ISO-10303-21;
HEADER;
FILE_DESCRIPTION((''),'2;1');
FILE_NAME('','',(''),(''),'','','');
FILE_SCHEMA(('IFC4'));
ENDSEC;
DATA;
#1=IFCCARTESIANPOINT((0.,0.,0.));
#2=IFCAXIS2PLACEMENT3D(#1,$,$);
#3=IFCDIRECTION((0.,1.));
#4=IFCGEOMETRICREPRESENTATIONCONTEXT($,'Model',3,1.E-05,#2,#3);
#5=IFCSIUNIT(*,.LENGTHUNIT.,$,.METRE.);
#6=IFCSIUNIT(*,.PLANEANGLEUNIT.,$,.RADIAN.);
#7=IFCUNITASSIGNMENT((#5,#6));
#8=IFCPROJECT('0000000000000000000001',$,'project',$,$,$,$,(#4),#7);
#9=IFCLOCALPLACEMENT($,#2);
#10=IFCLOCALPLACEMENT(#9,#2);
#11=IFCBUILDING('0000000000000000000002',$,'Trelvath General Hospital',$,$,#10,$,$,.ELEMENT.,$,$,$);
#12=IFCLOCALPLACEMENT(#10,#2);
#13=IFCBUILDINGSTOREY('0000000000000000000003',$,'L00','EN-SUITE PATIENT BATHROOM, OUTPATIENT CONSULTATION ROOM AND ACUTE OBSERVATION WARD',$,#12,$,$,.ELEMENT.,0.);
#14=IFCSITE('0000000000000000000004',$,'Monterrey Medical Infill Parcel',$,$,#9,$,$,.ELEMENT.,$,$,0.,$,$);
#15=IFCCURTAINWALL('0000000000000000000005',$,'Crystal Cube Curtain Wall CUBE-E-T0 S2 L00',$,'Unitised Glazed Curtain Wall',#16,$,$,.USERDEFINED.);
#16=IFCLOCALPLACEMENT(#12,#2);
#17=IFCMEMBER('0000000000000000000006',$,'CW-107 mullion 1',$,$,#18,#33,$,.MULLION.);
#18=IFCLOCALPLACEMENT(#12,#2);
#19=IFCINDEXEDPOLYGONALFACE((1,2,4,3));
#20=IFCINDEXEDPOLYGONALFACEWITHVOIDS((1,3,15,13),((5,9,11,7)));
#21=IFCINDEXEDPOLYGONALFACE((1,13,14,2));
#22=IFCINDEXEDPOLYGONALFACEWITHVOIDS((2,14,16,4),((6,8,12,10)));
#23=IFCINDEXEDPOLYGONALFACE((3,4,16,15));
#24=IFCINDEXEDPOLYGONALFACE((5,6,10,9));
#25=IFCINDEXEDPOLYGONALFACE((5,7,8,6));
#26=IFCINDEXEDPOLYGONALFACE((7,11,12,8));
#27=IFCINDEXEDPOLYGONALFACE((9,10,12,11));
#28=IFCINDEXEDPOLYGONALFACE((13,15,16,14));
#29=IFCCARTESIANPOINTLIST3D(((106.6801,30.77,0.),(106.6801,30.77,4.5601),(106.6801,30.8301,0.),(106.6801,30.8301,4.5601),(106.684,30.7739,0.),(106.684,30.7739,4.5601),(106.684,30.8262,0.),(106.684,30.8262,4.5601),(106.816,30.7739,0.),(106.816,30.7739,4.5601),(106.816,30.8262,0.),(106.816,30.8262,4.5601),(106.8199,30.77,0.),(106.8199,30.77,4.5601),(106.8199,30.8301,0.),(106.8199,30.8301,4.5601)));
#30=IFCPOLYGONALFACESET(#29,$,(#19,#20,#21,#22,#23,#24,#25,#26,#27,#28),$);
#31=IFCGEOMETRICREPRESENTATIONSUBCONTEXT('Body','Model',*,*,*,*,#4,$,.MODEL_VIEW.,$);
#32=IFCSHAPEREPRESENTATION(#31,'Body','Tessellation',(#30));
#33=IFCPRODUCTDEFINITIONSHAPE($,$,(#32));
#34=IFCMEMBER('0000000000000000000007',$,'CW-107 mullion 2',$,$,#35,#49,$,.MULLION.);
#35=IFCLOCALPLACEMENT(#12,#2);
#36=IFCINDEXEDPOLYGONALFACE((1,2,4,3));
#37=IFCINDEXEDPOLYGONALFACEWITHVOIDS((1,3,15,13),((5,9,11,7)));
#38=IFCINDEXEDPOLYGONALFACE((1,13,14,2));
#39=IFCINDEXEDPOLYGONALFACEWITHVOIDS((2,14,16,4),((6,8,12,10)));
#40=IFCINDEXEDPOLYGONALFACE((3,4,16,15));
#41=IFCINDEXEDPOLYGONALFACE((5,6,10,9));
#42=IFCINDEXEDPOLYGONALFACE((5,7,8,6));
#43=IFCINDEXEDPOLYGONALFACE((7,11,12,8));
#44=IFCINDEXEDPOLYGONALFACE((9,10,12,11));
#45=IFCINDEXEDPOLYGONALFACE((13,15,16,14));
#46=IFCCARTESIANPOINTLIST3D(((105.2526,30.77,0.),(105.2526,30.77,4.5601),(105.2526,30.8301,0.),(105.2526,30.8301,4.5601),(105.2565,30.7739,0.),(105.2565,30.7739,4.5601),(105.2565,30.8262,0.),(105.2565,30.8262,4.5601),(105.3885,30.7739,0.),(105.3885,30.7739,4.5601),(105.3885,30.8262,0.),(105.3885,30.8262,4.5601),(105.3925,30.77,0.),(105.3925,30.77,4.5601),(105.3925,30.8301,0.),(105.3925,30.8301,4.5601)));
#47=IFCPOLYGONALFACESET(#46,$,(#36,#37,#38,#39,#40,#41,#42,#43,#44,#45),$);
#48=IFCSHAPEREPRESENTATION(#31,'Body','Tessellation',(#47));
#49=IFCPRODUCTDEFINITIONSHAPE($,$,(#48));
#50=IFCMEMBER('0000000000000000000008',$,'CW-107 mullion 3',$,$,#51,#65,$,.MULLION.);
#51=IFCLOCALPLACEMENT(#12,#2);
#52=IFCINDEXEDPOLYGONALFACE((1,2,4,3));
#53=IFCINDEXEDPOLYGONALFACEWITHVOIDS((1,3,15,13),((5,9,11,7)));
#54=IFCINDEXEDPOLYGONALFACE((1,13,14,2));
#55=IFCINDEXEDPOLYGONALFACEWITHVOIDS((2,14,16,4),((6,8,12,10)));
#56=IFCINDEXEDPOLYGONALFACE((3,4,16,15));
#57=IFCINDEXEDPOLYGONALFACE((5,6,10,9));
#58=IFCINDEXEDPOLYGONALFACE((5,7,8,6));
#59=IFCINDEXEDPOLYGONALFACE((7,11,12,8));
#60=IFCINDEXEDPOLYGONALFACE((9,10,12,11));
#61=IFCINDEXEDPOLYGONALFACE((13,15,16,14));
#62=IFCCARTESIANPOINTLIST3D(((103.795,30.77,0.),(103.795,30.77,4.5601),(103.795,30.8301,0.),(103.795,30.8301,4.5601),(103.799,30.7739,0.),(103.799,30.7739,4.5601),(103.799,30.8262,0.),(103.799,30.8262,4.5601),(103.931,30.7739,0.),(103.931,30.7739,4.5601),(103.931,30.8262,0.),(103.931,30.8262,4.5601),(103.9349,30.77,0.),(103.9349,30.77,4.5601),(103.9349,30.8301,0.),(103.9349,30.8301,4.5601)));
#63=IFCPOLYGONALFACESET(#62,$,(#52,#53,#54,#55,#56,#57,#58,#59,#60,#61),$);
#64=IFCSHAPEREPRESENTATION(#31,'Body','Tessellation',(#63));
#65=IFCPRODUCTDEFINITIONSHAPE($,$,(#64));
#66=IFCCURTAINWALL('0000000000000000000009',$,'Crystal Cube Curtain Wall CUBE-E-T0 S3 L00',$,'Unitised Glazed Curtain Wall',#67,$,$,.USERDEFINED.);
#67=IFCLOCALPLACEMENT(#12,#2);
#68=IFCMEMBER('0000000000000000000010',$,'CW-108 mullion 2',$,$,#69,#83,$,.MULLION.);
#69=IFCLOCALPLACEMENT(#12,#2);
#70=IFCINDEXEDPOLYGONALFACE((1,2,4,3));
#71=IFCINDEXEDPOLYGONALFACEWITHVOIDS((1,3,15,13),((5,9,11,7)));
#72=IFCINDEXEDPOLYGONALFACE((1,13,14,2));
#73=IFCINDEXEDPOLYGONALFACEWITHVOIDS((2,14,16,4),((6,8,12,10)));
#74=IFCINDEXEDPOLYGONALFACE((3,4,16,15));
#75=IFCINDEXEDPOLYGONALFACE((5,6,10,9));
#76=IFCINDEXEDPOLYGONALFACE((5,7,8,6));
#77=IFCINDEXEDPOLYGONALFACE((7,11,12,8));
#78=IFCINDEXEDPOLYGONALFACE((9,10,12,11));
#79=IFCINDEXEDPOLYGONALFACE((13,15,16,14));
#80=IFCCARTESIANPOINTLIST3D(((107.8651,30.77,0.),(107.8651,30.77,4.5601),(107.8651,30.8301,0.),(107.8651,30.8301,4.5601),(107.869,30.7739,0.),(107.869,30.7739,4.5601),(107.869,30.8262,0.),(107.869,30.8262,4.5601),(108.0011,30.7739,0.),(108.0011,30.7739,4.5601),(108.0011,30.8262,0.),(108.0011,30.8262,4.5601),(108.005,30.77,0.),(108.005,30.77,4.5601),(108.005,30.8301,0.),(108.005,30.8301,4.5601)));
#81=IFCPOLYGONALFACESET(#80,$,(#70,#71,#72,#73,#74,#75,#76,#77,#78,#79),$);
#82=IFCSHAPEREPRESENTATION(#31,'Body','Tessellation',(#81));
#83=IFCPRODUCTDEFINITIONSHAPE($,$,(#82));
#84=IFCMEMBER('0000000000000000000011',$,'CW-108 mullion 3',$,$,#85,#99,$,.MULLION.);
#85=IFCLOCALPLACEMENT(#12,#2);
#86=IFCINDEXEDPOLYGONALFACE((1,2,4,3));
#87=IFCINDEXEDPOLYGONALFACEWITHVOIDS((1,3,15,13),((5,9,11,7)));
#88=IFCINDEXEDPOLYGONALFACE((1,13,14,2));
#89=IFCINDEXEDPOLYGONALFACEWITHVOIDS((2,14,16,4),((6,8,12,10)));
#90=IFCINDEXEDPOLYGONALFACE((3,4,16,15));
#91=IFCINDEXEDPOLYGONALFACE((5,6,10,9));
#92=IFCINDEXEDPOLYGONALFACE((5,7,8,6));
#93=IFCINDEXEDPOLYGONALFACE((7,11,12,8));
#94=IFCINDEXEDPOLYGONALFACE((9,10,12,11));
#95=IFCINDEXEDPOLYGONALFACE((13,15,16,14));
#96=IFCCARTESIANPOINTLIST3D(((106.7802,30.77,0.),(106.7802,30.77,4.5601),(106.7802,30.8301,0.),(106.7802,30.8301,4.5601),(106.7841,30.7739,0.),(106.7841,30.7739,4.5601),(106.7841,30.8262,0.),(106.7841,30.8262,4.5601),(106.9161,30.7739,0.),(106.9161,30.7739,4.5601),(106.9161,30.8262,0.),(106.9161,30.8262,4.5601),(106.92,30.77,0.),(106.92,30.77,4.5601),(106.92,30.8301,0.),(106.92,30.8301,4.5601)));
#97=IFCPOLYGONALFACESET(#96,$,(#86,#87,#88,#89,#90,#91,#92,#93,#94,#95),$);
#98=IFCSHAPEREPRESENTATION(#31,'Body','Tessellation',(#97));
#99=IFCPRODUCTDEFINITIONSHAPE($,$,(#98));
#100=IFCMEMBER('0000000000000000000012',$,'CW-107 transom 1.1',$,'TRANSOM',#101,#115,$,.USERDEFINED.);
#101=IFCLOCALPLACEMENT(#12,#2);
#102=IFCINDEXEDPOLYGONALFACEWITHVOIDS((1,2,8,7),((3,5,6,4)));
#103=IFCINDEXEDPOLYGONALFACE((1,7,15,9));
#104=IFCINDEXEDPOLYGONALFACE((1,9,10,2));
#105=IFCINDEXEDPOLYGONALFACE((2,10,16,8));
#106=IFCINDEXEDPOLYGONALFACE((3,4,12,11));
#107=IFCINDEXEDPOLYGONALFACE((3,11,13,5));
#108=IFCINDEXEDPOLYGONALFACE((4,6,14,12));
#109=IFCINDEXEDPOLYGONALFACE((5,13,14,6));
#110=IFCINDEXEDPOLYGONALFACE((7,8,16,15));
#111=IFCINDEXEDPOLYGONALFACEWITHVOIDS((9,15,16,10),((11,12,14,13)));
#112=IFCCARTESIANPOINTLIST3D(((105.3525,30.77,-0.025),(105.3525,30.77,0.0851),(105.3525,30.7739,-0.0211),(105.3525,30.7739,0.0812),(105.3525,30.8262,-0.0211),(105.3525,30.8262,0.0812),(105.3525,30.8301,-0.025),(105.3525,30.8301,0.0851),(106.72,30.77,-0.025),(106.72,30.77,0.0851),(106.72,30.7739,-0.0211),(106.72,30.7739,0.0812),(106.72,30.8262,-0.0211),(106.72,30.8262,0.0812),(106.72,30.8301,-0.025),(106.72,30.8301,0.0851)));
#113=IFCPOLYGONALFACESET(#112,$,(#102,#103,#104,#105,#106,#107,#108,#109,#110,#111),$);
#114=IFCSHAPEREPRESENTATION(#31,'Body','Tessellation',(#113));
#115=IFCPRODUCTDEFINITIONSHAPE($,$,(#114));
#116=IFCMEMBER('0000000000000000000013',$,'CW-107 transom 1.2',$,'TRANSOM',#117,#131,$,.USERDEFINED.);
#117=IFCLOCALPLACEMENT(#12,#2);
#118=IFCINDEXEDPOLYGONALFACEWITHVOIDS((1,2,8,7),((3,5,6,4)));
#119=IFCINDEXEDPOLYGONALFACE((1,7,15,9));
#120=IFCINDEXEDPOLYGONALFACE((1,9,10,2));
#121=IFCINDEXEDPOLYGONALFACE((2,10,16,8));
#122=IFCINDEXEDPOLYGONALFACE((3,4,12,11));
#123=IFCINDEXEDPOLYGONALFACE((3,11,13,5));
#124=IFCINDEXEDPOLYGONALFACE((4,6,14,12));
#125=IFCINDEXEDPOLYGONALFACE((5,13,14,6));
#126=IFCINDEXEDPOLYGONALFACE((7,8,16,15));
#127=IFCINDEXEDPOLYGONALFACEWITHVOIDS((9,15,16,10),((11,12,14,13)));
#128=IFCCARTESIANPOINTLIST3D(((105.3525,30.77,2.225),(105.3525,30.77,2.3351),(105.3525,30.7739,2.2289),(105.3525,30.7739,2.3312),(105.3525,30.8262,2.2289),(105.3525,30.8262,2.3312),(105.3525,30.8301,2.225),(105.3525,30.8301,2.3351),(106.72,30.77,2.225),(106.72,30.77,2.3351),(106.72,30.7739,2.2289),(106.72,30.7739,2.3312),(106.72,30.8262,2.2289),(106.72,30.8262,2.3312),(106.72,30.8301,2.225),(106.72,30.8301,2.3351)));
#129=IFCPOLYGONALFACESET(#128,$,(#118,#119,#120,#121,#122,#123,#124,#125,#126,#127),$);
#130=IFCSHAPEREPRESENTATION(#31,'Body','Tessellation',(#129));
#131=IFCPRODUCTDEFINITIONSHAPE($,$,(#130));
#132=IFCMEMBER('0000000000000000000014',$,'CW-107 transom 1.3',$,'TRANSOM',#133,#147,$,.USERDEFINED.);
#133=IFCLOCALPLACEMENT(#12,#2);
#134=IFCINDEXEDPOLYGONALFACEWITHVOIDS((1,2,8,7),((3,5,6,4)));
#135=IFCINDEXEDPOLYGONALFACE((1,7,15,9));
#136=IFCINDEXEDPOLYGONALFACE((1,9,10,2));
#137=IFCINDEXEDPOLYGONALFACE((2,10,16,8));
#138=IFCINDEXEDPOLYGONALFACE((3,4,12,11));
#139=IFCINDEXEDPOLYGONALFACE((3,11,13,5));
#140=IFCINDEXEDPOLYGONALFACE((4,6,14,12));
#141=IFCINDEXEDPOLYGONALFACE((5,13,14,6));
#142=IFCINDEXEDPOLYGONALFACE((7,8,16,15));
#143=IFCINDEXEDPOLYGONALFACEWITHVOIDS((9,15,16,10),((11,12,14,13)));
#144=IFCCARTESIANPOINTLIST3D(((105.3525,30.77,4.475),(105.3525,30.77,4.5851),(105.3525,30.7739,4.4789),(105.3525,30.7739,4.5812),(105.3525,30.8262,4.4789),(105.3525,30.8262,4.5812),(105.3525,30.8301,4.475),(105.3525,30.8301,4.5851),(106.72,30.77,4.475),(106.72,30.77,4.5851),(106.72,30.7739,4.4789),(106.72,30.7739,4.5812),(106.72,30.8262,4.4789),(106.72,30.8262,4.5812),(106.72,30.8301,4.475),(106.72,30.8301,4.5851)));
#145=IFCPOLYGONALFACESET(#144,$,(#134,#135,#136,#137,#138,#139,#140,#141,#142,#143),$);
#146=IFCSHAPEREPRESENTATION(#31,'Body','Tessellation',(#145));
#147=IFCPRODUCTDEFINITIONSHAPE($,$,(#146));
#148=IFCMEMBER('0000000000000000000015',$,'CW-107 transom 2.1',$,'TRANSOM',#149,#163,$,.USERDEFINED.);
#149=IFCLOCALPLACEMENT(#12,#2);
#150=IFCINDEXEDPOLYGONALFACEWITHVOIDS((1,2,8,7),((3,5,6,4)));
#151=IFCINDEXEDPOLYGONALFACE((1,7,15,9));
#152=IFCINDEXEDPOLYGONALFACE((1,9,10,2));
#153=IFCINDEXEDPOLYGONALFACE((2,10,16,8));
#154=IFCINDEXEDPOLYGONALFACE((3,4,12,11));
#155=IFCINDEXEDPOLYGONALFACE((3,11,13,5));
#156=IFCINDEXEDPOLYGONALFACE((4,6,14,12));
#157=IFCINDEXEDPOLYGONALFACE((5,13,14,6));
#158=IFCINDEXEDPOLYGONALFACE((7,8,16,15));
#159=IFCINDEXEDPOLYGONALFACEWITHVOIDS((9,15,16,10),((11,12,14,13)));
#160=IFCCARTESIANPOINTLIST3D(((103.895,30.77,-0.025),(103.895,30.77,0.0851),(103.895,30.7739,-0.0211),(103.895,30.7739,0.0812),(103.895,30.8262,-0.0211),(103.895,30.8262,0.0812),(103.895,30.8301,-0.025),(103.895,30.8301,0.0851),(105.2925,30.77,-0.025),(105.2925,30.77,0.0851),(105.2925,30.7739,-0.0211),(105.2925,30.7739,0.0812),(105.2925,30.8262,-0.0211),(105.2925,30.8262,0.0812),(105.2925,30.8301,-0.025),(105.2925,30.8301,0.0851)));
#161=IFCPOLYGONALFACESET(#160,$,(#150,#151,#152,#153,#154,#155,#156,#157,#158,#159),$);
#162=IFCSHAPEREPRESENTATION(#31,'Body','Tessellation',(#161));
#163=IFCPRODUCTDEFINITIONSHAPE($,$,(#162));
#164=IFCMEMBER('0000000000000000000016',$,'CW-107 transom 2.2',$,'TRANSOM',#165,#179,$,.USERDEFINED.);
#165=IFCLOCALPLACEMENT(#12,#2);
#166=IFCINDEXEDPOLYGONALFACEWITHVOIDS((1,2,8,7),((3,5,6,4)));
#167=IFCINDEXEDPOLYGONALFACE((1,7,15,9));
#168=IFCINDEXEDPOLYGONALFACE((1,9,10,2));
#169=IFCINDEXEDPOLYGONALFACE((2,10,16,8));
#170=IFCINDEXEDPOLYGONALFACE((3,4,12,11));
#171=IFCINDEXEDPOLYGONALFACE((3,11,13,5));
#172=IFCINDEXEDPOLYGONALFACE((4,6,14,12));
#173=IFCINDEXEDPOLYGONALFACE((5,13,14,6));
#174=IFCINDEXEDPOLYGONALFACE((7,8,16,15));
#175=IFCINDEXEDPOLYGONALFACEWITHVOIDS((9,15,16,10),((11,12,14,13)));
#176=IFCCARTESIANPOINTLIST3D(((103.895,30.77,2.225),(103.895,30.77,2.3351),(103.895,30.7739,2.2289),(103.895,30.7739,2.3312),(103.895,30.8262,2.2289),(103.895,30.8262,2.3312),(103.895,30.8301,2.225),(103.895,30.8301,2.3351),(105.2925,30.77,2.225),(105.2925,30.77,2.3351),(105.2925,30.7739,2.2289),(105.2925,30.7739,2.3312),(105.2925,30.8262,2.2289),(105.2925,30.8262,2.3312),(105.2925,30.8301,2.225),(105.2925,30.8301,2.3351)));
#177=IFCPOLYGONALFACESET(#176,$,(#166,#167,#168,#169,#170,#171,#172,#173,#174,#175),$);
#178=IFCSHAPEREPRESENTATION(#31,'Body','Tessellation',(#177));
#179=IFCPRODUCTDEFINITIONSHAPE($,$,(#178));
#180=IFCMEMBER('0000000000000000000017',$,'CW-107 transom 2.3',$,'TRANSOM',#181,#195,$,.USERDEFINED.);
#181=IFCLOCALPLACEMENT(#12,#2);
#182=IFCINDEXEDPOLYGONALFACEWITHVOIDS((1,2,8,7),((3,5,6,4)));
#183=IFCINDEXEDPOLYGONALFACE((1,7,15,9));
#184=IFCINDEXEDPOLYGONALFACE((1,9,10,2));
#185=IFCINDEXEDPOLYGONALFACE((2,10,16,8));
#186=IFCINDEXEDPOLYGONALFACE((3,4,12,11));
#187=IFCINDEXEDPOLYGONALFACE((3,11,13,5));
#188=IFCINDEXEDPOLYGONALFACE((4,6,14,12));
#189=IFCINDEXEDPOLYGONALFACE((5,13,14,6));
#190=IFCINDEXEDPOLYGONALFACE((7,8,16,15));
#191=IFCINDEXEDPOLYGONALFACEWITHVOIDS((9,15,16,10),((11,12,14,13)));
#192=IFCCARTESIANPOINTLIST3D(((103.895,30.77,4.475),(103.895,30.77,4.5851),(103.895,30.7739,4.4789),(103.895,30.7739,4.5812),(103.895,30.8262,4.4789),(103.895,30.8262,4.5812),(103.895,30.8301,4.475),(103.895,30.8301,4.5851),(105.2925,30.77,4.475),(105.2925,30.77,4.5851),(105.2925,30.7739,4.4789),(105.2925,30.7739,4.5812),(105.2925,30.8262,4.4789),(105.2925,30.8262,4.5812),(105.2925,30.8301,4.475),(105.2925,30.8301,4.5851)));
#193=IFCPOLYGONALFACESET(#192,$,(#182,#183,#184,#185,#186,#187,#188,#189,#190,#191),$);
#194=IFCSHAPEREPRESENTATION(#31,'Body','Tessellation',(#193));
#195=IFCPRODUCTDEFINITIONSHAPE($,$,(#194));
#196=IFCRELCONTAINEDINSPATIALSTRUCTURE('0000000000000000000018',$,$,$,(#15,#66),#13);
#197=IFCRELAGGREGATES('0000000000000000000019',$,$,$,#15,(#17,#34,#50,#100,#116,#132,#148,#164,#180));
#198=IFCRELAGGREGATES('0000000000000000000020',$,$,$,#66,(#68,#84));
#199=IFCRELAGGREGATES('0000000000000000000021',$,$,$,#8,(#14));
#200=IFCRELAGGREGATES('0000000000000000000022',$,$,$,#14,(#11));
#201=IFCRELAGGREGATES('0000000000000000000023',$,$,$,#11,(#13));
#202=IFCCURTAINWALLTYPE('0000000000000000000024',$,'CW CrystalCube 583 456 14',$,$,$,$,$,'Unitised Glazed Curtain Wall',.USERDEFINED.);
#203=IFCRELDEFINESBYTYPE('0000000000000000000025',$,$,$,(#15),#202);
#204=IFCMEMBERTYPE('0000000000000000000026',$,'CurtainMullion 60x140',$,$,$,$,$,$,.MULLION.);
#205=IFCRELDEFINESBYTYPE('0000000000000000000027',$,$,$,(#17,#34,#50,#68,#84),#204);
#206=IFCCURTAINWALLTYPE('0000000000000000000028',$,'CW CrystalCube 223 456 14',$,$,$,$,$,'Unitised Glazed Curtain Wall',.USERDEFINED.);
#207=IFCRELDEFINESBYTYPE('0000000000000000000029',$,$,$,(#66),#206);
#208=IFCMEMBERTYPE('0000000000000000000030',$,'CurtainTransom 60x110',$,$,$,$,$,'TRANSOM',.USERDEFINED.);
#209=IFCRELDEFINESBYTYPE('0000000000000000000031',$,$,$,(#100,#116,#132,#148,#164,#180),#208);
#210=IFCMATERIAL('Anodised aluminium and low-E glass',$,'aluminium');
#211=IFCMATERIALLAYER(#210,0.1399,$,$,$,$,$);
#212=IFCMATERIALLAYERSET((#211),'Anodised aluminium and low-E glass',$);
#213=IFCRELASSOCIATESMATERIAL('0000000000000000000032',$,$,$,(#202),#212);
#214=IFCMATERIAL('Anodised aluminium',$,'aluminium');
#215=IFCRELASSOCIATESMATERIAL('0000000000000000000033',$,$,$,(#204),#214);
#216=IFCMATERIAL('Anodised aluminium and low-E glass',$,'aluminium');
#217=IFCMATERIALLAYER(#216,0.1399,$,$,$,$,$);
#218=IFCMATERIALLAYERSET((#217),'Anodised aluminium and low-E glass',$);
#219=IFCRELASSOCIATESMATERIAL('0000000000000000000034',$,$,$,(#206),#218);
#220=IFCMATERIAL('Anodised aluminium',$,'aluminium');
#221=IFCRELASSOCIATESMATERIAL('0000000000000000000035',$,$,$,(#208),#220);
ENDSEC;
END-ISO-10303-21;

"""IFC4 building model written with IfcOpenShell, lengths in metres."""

from ifc_helpers import new_model, si_unit, direction, frame, origin, origin_2d, place, context, subcontext, project, spatial, hollow_rectangle, extrude, material, layer, layer_set, material_profile, profile_set, type_object, element, aggregate, save


model = new_model("IFC4")

# Units and contexts
model_context = context("Model", 3, precision=1e-05, world=origin(), true_north=direction((0.0, 1.0)))
body_context = subcontext(model_context, "Body", "Model", "MODEL_VIEW")
ifc_project = project(units=[si_unit("LENGTHUNIT", "METRE"), si_unit("PLANEANGLEUNIT", "RADIAN")], contexts=[model_context])

# Site, building, storey
site_placement = place(None, origin())
site = spatial("IfcSite", under=ifc_project, at=site_placement, Name="Monterrey Medical Infill Parcel", CompositionType="ELEMENT", RefElevation=0.0)
building_placement = place(site_placement, origin())
building = spatial("IfcBuilding", under=site, at=building_placement, Name="Trelvath General Hospital", CompositionType="ELEMENT")
storey_placement = place(building_placement, origin())
storey = spatial("IfcBuildingStorey", under=building, at=storey_placement, Name="L00", Description="EN-SUITE PATIENT BATHROOM, OUTPATIENT CONSULTATION ROOM AND ACUTE OBSERVATION WARD", CompositionType="ELEMENT", Elevation=0.0)

# Curtain walls, members
ifc_material_1 = material(Name="Anodised aluminium and low-E glass", Category="aluminium")
ifc_layer_1 = layer(ifc_material_1, 0.1399)
ifc_layer_set_1 = layer_set([ifc_layer_1], Name="Anodised aluminium and low-E glass")
curtain_wall_type_1 = type_object("IfcCurtainWallType", Name="CW CrystalCube 583 456 14", ElementType="Unitised Glazed Curtain Wall", PredefinedType="USERDEFINED", material=ifc_layer_set_1)
curtain_wall_1_placement = place(storey_placement, origin())
curtain_wall_1 = element("IfcCurtainWall", 1, at=curtain_wall_1_placement, inside=storey, type_object=curtain_wall_type_1, Name="Crystal Cube Curtain Wall CUBE-E-T0 S2 L00", ObjectType="Unitised Glazed Curtain Wall", PredefinedType="USERDEFINED")
ifc_material_2 = material(Name="Anodised aluminium", Category="aluminium")
ifc_material_profile_1 = material_profile(ifc_material_2, hollow_rectangle(XDim=0.0601, YDim=0.1399, WallThickness=0.0039, at=origin_2d()), Name="RHS60x140x4")
ifc_profile_set_1 = profile_set([ifc_material_profile_1], Name="Anodised aluminium")
member_type_1 = type_object("IfcMemberType", Name="CurtainMullion 60x140", PredefinedType="MULLION", material=ifc_profile_set_1)
member_1_placement = place(storey_placement, frame((106.75, 30.8, 0.0), z_axis=(0.0, 0.0, 1.0), x_axis=(0.0, -1.0, 0.0)))
member_1 = element("IfcMember", 2, at=member_1_placement, type_object=member_type_1, Name="CW-107 mullion 1", PredefinedType="MULLION", context=body_context, shape_type="SweptSolid", body=[
    extrude(hollow_rectangle(XDim=0.0601, YDim=0.1399, WallThickness=0.0039, at=origin_2d()), origin(), (0.0, 0.0, 1.0), 4.5601),
])
member_2_placement = place(storey_placement, frame((105.3225, 30.8, 0.0), z_axis=(0.0, 0.0, 1.0), x_axis=(0.0, -1.0, 0.0)))
member_2 = element("IfcMember", 3, at=member_2_placement, type_object=member_type_1, Name="CW-107 mullion 2", PredefinedType="MULLION", context=body_context, shape_type="SweptSolid", body=[
    extrude(hollow_rectangle(XDim=0.0601, YDim=0.1399, WallThickness=0.0039, at=origin_2d()), origin(), (0.0, 0.0, 1.0), 4.5601),
])
member_3_placement = place(storey_placement, frame((103.865, 30.8, 0.0), z_axis=(0.0, 0.0, 1.0), x_axis=(0.0, -1.0, 0.0)))
member_3 = element("IfcMember", 4, at=member_3_placement, type_object=member_type_1, Name="CW-107 mullion 3", PredefinedType="MULLION", context=body_context, shape_type="SweptSolid", body=[
    extrude(hollow_rectangle(XDim=0.0601, YDim=0.1399, WallThickness=0.0039, at=origin_2d()), origin(), (0.0, 0.0, 1.0), 4.5601),
])
ifc_material_3 = material(Name="Anodised aluminium and low-E glass", Category="aluminium")
ifc_layer_2 = layer(ifc_material_3, 0.1399)
ifc_layer_set_2 = layer_set([ifc_layer_2], Name="Anodised aluminium and low-E glass")
curtain_wall_type_2 = type_object("IfcCurtainWallType", Name="CW CrystalCube 223 456 14", ElementType="Unitised Glazed Curtain Wall", PredefinedType="USERDEFINED", material=ifc_layer_set_2)
curtain_wall_2_placement = place(storey_placement, origin())
curtain_wall_2 = element("IfcCurtainWall", 5, at=curtain_wall_2_placement, inside=storey, type_object=curtain_wall_type_2, Name="Crystal Cube Curtain Wall CUBE-E-T0 S3 L00", ObjectType="Unitised Glazed Curtain Wall", PredefinedType="USERDEFINED")
member_4_placement = place(storey_placement, frame((107.9351, 30.8, 0.0), z_axis=(0.0, 0.0, 1.0), x_axis=(0.0, -1.0, 0.0)))
member_4 = element("IfcMember", 6, at=member_4_placement, type_object=member_type_1, Name="CW-108 mullion 2", PredefinedType="MULLION", context=body_context, shape_type="SweptSolid", body=[
    extrude(hollow_rectangle(XDim=0.0601, YDim=0.1399, WallThickness=0.0039, at=origin_2d()), origin(), (0.0, 0.0, 1.0), 4.5601),
])
member_5_placement = place(storey_placement, frame((106.8501, 30.8, 0.0), z_axis=(0.0, 0.0, 1.0), x_axis=(0.0, -1.0, 0.0)))
member_5 = element("IfcMember", 7, at=member_5_placement, type_object=member_type_1, Name="CW-108 mullion 3", PredefinedType="MULLION", context=body_context, shape_type="SweptSolid", body=[
    extrude(hollow_rectangle(XDim=0.0601, YDim=0.1399, WallThickness=0.0039, at=origin_2d()), origin(), (0.0, 0.0, 1.0), 4.5601),
])

# Members
ifc_material_4 = material(Name="Anodised aluminium", Category="aluminium")
ifc_material_profile_2 = material_profile(ifc_material_4, hollow_rectangle(XDim=0.0601, YDim=0.1101, WallThickness=0.0039, at=origin_2d()), Name="RHS60x110x4")
ifc_profile_set_2 = profile_set([ifc_material_profile_2], Name="Anodised aluminium")
member_type_2 = type_object("IfcMemberType", Name="CurtainTransom 60x110", ElementType="TRANSOM", PredefinedType="USERDEFINED", material=ifc_profile_set_2)
member_6_placement = place(storey_placement, frame((106.72, 30.8, 0.03), z_axis=(-1.0, 0.0, 0.0), x_axis=(0.0, -1.0, 0.0)))
member_6 = element("IfcMember", 8, at=member_6_placement, type_object=member_type_2, Name="CW-107 transom 1.1", ObjectType="TRANSOM", PredefinedType="USERDEFINED", context=body_context, shape_type="SweptSolid", body=[
    extrude(hollow_rectangle(XDim=0.0601, YDim=0.1101, WallThickness=0.0039, at=origin_2d()), origin(), (0.0, 0.0, 1.0), 1.3674),
])
member_7_placement = place(storey_placement, frame((106.72, 30.8, 2.28), z_axis=(-1.0, 0.0, 0.0), x_axis=(0.0, -1.0, 0.0)))
member_7 = element("IfcMember", 9, at=member_7_placement, type_object=member_type_2, Name="CW-107 transom 1.2", ObjectType="TRANSOM", PredefinedType="USERDEFINED", context=body_context, shape_type="SweptSolid", body=[
    extrude(hollow_rectangle(XDim=0.0601, YDim=0.1101, WallThickness=0.0039, at=origin_2d()), origin(), (0.0, 0.0, 1.0), 1.3674),
])
member_8_placement = place(storey_placement, frame((106.72, 30.8, 4.53), z_axis=(-1.0, 0.0, 0.0), x_axis=(0.0, -1.0, 0.0)))
member_8 = element("IfcMember", 10, at=member_8_placement, type_object=member_type_2, Name="CW-107 transom 1.3", ObjectType="TRANSOM", PredefinedType="USERDEFINED", context=body_context, shape_type="SweptSolid", body=[
    extrude(hollow_rectangle(XDim=0.0601, YDim=0.1101, WallThickness=0.0039, at=origin_2d()), origin(), (0.0, 0.0, 1.0), 1.3674),
])
member_9_placement = place(storey_placement, frame((105.2925, 30.8, 0.03), z_axis=(-1.0, 0.0, 0.0), x_axis=(0.0, -1.0, 0.0)))
member_9 = element("IfcMember", 11, at=member_9_placement, type_object=member_type_2, Name="CW-107 transom 2.1", ObjectType="TRANSOM", PredefinedType="USERDEFINED", context=body_context, shape_type="SweptSolid", body=[
    extrude(hollow_rectangle(XDim=0.0601, YDim=0.1101, WallThickness=0.0039, at=origin_2d()), origin(), (0.0, 0.0, 1.0), 1.3975),
])
member_10_placement = place(storey_placement, frame((105.2925, 30.8, 2.28), z_axis=(-1.0, 0.0, 0.0), x_axis=(0.0, -1.0, 0.0)))
member_10 = element("IfcMember", 12, at=member_10_placement, type_object=member_type_2, Name="CW-107 transom 2.2", ObjectType="TRANSOM", PredefinedType="USERDEFINED", context=body_context, shape_type="SweptSolid", body=[
    extrude(hollow_rectangle(XDim=0.0601, YDim=0.1101, WallThickness=0.0039, at=origin_2d()), origin(), (0.0, 0.0, 1.0), 1.3975),
])
member_11_placement = place(storey_placement, frame((105.2925, 30.8, 4.53), z_axis=(-1.0, 0.0, 0.0), x_axis=(0.0, -1.0, 0.0)))
member_11 = element("IfcMember", 13, at=member_11_placement, type_object=member_type_2, Name="CW-107 transom 2.3", ObjectType="TRANSOM", PredefinedType="USERDEFINED", context=body_context, shape_type="SweptSolid", body=[
    extrude(hollow_rectangle(XDim=0.0601, YDim=0.1101, WallThickness=0.0039, at=origin_2d()), origin(), (0.0, 0.0, 1.0), 1.3975),
])

aggregate(curtain_wall_1, [member_1, member_2, member_3, member_6, member_7, member_8, member_9, member_10, member_11])
aggregate(curtain_wall_2, [member_4, member_5])

save(model, "model.ifc")
